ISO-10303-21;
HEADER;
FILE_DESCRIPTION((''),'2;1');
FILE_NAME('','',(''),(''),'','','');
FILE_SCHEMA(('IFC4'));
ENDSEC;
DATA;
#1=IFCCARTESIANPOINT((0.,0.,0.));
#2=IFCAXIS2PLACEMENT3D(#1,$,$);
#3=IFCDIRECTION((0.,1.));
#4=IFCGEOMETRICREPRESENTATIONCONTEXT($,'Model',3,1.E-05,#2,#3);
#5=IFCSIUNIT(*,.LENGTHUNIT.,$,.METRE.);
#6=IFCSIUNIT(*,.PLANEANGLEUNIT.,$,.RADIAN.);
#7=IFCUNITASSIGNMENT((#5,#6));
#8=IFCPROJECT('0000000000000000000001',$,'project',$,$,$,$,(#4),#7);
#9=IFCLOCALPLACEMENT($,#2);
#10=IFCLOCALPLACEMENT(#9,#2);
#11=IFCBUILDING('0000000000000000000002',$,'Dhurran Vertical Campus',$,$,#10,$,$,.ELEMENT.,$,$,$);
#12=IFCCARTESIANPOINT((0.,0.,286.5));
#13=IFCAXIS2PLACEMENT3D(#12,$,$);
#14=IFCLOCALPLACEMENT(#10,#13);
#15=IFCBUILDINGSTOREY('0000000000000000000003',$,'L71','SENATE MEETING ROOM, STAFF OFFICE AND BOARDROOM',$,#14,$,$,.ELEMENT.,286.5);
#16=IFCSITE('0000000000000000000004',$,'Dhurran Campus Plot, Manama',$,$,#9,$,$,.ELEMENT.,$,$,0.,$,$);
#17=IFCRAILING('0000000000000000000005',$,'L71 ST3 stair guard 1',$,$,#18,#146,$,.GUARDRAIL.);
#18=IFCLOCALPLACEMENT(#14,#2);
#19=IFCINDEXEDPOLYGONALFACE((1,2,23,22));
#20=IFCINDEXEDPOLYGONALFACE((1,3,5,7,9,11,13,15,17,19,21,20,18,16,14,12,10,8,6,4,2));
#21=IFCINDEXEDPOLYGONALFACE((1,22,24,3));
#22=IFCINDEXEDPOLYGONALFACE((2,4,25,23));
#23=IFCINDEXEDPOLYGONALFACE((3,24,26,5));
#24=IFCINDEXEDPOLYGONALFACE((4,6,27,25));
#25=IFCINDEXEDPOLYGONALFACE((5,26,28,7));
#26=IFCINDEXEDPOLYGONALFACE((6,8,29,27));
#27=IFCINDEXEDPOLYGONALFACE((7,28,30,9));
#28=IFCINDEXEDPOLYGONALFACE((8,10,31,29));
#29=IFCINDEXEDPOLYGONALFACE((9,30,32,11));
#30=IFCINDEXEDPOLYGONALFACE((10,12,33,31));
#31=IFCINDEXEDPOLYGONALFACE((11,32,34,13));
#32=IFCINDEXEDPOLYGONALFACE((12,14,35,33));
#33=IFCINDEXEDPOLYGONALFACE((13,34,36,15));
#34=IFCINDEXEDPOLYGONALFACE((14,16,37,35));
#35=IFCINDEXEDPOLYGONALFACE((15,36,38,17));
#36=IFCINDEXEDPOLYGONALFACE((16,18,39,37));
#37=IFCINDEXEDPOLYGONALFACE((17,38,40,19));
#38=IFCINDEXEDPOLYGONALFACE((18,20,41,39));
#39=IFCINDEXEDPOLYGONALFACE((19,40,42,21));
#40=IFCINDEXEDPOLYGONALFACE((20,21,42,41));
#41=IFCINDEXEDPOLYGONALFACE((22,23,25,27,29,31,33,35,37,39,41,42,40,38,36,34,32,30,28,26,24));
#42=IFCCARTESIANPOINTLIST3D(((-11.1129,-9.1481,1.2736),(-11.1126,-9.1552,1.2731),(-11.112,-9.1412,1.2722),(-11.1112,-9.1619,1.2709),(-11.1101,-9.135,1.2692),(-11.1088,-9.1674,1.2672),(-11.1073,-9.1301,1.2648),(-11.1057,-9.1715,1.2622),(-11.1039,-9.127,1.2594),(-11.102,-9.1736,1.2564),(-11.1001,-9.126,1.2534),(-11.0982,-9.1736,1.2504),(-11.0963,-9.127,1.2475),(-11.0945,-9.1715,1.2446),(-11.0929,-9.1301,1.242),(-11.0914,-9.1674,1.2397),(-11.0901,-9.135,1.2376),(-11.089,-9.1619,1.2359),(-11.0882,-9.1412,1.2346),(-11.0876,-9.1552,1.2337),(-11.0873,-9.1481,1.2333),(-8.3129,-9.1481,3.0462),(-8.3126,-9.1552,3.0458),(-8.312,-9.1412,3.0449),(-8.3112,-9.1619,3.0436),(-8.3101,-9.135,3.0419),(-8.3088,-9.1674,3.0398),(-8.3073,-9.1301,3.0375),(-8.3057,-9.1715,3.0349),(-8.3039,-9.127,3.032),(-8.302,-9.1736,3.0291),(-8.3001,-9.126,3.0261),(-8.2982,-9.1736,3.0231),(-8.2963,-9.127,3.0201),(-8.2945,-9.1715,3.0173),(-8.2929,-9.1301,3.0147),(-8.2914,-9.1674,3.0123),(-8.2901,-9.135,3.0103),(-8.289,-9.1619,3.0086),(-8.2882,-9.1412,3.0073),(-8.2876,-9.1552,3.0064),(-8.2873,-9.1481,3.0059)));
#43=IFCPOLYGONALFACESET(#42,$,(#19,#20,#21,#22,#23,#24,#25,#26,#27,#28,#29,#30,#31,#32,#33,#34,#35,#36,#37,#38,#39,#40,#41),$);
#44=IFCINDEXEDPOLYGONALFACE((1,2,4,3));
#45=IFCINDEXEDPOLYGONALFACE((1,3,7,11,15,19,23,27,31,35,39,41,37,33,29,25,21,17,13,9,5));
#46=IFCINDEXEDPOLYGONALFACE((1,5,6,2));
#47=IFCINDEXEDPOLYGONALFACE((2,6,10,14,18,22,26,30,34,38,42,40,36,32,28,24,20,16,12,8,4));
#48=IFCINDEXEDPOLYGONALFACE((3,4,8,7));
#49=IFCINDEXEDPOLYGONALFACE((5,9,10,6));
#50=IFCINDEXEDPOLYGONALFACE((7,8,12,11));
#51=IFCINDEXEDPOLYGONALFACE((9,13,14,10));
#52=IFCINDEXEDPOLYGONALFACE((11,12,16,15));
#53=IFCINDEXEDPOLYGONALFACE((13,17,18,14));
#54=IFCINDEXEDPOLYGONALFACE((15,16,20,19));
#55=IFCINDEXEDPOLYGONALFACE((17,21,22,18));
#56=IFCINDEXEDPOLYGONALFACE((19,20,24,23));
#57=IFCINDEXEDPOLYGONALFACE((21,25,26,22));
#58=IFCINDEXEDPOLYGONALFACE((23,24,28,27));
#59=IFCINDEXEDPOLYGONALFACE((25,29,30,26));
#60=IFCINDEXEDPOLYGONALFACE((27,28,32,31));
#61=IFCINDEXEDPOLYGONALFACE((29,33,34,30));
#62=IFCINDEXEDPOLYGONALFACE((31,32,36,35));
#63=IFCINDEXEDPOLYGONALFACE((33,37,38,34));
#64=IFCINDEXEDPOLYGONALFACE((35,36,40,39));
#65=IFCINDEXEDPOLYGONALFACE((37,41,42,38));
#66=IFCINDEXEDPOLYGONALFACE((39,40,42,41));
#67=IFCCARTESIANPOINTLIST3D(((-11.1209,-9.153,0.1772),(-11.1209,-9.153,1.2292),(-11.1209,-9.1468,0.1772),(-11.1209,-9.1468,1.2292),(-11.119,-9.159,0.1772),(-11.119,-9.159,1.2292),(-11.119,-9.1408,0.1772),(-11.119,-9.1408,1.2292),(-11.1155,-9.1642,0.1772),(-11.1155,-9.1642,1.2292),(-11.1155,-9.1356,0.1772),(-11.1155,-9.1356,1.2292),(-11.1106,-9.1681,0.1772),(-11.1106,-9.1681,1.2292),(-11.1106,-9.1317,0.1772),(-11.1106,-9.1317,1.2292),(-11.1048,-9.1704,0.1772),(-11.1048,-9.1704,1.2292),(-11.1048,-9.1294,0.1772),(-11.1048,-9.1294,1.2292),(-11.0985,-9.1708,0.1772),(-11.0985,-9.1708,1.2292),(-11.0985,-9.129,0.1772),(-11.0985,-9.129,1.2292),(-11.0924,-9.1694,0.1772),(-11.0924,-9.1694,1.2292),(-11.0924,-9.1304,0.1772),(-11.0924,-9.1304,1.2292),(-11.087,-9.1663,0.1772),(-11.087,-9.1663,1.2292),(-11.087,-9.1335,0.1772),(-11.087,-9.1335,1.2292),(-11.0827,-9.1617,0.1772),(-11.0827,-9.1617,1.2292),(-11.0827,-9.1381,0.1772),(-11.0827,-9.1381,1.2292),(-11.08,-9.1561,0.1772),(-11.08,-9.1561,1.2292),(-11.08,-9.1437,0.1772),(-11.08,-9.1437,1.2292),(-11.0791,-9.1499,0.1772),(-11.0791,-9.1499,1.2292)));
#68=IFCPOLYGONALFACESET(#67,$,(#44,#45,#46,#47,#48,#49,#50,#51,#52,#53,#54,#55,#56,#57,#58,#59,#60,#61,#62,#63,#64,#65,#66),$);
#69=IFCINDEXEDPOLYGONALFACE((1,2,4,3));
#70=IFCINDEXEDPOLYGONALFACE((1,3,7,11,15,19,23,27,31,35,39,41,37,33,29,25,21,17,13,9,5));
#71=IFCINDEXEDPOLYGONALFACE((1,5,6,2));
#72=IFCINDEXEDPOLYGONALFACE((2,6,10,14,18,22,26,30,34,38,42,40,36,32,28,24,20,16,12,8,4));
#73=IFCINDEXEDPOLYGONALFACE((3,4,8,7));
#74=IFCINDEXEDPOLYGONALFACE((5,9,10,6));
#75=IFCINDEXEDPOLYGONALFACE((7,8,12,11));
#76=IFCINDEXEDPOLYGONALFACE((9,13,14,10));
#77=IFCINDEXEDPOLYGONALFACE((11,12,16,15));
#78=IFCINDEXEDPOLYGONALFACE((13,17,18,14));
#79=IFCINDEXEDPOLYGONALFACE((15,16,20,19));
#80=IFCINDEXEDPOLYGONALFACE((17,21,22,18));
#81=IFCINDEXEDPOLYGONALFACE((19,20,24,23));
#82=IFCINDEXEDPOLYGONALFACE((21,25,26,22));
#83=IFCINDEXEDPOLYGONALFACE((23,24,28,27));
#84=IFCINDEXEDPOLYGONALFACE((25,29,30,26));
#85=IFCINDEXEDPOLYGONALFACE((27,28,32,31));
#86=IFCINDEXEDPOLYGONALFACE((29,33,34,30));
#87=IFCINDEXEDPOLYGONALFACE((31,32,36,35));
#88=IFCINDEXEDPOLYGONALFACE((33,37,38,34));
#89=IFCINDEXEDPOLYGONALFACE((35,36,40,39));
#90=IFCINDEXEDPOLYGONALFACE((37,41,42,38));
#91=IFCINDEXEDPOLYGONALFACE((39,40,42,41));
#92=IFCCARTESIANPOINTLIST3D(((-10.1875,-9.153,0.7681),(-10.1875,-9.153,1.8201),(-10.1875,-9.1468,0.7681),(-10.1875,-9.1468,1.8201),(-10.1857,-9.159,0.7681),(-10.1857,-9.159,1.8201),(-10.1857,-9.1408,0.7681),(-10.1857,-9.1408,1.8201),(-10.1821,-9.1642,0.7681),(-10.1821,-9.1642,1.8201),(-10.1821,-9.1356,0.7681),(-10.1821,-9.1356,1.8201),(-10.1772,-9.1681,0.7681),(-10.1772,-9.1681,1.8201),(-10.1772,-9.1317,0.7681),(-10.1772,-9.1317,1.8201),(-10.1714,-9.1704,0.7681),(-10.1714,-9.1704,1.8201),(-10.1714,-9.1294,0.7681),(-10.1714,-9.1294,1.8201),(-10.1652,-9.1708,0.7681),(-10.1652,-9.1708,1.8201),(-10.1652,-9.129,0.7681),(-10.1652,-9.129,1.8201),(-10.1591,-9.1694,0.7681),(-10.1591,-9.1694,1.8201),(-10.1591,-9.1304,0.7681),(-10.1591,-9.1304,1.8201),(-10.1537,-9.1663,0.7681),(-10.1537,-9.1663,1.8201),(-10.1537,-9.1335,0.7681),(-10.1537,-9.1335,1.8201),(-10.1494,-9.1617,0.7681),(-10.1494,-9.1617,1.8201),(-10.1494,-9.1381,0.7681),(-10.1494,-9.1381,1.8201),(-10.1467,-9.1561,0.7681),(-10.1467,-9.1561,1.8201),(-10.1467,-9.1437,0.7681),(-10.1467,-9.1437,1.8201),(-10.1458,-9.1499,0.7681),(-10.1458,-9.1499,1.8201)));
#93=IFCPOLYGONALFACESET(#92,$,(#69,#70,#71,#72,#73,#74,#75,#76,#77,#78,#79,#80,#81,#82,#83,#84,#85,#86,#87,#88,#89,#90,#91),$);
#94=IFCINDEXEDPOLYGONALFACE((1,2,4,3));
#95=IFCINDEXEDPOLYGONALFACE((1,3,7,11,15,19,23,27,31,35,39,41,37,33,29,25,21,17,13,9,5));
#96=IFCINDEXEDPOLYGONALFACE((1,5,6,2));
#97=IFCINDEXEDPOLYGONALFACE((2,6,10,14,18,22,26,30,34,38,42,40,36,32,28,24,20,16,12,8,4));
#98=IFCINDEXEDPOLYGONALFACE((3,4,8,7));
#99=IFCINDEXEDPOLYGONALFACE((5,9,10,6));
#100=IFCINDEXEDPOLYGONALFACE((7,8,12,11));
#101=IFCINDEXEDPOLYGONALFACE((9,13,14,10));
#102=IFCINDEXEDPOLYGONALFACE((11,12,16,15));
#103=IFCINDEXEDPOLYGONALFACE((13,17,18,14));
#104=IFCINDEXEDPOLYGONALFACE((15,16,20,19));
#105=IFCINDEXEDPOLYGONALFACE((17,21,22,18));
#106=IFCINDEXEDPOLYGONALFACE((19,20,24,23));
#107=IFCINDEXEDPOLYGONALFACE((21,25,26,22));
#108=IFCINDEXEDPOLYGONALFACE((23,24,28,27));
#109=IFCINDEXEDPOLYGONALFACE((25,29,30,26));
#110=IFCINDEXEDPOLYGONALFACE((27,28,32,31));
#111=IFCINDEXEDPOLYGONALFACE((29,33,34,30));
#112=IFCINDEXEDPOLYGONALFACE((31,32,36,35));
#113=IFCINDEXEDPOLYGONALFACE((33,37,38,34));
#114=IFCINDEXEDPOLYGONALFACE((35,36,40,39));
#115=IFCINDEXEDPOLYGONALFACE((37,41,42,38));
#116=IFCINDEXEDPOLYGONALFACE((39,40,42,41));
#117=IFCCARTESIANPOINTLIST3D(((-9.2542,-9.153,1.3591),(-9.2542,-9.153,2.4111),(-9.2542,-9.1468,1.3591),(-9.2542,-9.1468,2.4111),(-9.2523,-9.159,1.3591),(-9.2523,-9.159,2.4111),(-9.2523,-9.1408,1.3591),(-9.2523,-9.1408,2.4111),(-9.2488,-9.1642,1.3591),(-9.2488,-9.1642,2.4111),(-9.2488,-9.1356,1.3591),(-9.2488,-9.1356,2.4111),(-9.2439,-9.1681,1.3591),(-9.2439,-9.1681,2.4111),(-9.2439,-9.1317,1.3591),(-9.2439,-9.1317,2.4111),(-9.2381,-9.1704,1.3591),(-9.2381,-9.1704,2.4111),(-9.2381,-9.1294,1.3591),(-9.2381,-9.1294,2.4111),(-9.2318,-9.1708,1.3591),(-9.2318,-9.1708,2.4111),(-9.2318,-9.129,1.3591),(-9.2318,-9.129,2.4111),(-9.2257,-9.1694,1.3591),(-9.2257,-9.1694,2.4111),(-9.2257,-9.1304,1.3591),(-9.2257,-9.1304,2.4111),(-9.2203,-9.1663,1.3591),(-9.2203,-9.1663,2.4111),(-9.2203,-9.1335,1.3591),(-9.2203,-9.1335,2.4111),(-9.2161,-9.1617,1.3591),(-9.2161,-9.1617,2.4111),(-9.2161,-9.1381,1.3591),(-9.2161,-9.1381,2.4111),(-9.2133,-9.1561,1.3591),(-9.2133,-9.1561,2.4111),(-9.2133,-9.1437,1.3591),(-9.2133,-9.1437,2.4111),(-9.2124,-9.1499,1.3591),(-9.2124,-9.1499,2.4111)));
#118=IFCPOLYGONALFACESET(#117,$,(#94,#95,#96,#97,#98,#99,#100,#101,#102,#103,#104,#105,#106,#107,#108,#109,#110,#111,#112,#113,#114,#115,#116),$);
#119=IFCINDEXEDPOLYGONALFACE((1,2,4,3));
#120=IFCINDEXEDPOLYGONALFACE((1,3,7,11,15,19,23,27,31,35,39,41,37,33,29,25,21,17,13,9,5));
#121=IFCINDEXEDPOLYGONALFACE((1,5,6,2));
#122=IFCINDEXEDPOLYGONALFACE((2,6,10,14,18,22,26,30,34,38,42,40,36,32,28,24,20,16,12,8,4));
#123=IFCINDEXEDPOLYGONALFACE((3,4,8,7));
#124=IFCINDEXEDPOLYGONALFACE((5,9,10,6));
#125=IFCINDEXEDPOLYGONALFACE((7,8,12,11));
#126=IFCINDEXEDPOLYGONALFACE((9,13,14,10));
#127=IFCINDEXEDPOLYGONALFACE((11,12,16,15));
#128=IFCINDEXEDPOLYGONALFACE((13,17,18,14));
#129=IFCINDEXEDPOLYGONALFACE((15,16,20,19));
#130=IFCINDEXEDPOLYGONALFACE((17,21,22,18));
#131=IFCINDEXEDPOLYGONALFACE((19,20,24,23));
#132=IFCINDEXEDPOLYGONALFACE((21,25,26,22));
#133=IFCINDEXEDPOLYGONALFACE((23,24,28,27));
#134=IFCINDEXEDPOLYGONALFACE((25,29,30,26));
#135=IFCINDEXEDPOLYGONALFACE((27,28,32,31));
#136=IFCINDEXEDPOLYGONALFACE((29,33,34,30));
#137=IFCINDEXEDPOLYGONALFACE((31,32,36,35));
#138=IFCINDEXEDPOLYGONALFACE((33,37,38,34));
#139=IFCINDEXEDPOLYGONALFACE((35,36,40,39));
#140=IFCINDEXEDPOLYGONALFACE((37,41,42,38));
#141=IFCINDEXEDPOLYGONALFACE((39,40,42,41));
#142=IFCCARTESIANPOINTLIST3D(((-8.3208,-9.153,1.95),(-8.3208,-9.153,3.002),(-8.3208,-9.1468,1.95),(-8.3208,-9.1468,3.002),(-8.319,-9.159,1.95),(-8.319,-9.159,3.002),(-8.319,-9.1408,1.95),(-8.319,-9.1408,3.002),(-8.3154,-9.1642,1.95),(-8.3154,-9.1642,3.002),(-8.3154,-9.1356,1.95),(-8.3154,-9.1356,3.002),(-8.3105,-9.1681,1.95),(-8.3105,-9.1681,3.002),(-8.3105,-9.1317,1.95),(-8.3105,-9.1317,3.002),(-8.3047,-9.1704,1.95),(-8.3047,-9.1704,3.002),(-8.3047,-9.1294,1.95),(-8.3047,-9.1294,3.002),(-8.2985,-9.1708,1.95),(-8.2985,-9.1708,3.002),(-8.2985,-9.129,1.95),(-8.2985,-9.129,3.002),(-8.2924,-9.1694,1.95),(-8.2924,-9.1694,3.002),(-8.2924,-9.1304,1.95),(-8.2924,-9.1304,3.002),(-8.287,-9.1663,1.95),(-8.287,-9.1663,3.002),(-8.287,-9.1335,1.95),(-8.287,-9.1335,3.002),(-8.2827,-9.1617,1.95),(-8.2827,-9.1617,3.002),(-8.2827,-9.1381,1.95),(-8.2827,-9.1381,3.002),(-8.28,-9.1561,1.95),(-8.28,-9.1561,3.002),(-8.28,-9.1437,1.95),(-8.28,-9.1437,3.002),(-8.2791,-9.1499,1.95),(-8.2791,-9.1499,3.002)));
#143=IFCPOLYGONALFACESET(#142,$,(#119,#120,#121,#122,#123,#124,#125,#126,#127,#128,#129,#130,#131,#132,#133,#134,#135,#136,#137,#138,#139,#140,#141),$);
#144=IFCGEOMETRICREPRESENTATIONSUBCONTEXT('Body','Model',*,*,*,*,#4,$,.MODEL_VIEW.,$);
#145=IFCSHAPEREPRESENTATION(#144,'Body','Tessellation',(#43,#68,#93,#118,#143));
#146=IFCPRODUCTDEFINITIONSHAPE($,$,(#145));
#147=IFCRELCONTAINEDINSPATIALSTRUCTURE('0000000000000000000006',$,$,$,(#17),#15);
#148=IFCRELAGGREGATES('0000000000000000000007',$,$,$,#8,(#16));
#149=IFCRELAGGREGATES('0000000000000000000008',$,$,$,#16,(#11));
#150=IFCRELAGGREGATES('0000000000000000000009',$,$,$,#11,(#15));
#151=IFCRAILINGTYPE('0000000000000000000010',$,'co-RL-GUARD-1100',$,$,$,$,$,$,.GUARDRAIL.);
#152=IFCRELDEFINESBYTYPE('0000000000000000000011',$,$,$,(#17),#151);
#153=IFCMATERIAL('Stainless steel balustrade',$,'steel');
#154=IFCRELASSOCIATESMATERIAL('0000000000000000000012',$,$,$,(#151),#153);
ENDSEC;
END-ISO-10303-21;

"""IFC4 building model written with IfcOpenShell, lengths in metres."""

from ifc_helpers import new_model, si_unit, direction, frame, origin, origin_2d, place, context, subcontext, project, spatial, circle, extrude, material, type_object, element, save


model = new_model("IFC4")

# Units and contexts
model_context = context("Model", 3, precision=1e-05, world=origin(), true_north=direction((0.0, 1.0)))
body_context = subcontext(model_context, "Body", "Model", "MODEL_VIEW")
ifc_project = project(units=[si_unit("LENGTHUNIT", "METRE"), si_unit("PLANEANGLEUNIT", "RADIAN")], contexts=[model_context])

# Site, building, storey
site_placement = place(None, origin())
site = spatial("IfcSite", under=ifc_project, at=site_placement, Name="Dhurran Campus Plot, Manama", CompositionType="ELEMENT", RefElevation=0.0)
building_placement = place(site_placement, origin())
building = spatial("IfcBuilding", under=site, at=building_placement, Name="Dhurran Vertical Campus", CompositionType="ELEMENT")
storey_placement = place(building_placement, frame((0.0, 0.0, 286.5)))
storey = spatial("IfcBuildingStorey", under=building, at=storey_placement, Name="L71", Description="SENATE MEETING ROOM, STAFF OFFICE AND BOARDROOM", CompositionType="ELEMENT", Elevation=286.5)

# Railing
ifc_material_1 = material(Name="Stainless steel balustrade", Category="steel")
railing_type_1 = type_object("IfcRailingType", Name="co-RL-GUARD-1100", PredefinedType="GUARDRAIL", material=ifc_material_1)
railing_1_placement = place(storey_placement, frame((-11.1001, -9.1499, 0.1772)))
element("IfcRailing", 1, at=railing_1_placement, inside=storey, type_object=railing_type_1, Name="L71 ST3 stair guard 1", PredefinedType="GUARDRAIL", context=body_context, shape_type="SweptSolid", body=[
    extrude(circle(Radius=0.0239, at=origin_2d()), frame((0.0, 0.0, 1.0762), z_axis=(0.844909, 0.0, 0.53491), x_axis=(0.0, 1.0, 0.0)), (0.0, 0.0, 1.0), 3.314),
    extrude(circle(Radius=0.021, at=origin_2d()), origin(), (0.0, 0.0, 1.0), 1.052),
    extrude(circle(Radius=0.021, at=origin_2d()), frame((0.9333, 0.0, 0.5908)), (0.0, 0.0, 1.0), 1.052),
    extrude(circle(Radius=0.021, at=origin_2d()), frame((1.8667, 0.0, 1.1819)), (0.0, 0.0, 1.0), 1.052),
    extrude(circle(Radius=0.021, at=origin_2d()), frame((2.8, 0.0, 1.7727)), (0.0, 0.0, 1.0), 1.052),
])

save(model, "model.ifc")
